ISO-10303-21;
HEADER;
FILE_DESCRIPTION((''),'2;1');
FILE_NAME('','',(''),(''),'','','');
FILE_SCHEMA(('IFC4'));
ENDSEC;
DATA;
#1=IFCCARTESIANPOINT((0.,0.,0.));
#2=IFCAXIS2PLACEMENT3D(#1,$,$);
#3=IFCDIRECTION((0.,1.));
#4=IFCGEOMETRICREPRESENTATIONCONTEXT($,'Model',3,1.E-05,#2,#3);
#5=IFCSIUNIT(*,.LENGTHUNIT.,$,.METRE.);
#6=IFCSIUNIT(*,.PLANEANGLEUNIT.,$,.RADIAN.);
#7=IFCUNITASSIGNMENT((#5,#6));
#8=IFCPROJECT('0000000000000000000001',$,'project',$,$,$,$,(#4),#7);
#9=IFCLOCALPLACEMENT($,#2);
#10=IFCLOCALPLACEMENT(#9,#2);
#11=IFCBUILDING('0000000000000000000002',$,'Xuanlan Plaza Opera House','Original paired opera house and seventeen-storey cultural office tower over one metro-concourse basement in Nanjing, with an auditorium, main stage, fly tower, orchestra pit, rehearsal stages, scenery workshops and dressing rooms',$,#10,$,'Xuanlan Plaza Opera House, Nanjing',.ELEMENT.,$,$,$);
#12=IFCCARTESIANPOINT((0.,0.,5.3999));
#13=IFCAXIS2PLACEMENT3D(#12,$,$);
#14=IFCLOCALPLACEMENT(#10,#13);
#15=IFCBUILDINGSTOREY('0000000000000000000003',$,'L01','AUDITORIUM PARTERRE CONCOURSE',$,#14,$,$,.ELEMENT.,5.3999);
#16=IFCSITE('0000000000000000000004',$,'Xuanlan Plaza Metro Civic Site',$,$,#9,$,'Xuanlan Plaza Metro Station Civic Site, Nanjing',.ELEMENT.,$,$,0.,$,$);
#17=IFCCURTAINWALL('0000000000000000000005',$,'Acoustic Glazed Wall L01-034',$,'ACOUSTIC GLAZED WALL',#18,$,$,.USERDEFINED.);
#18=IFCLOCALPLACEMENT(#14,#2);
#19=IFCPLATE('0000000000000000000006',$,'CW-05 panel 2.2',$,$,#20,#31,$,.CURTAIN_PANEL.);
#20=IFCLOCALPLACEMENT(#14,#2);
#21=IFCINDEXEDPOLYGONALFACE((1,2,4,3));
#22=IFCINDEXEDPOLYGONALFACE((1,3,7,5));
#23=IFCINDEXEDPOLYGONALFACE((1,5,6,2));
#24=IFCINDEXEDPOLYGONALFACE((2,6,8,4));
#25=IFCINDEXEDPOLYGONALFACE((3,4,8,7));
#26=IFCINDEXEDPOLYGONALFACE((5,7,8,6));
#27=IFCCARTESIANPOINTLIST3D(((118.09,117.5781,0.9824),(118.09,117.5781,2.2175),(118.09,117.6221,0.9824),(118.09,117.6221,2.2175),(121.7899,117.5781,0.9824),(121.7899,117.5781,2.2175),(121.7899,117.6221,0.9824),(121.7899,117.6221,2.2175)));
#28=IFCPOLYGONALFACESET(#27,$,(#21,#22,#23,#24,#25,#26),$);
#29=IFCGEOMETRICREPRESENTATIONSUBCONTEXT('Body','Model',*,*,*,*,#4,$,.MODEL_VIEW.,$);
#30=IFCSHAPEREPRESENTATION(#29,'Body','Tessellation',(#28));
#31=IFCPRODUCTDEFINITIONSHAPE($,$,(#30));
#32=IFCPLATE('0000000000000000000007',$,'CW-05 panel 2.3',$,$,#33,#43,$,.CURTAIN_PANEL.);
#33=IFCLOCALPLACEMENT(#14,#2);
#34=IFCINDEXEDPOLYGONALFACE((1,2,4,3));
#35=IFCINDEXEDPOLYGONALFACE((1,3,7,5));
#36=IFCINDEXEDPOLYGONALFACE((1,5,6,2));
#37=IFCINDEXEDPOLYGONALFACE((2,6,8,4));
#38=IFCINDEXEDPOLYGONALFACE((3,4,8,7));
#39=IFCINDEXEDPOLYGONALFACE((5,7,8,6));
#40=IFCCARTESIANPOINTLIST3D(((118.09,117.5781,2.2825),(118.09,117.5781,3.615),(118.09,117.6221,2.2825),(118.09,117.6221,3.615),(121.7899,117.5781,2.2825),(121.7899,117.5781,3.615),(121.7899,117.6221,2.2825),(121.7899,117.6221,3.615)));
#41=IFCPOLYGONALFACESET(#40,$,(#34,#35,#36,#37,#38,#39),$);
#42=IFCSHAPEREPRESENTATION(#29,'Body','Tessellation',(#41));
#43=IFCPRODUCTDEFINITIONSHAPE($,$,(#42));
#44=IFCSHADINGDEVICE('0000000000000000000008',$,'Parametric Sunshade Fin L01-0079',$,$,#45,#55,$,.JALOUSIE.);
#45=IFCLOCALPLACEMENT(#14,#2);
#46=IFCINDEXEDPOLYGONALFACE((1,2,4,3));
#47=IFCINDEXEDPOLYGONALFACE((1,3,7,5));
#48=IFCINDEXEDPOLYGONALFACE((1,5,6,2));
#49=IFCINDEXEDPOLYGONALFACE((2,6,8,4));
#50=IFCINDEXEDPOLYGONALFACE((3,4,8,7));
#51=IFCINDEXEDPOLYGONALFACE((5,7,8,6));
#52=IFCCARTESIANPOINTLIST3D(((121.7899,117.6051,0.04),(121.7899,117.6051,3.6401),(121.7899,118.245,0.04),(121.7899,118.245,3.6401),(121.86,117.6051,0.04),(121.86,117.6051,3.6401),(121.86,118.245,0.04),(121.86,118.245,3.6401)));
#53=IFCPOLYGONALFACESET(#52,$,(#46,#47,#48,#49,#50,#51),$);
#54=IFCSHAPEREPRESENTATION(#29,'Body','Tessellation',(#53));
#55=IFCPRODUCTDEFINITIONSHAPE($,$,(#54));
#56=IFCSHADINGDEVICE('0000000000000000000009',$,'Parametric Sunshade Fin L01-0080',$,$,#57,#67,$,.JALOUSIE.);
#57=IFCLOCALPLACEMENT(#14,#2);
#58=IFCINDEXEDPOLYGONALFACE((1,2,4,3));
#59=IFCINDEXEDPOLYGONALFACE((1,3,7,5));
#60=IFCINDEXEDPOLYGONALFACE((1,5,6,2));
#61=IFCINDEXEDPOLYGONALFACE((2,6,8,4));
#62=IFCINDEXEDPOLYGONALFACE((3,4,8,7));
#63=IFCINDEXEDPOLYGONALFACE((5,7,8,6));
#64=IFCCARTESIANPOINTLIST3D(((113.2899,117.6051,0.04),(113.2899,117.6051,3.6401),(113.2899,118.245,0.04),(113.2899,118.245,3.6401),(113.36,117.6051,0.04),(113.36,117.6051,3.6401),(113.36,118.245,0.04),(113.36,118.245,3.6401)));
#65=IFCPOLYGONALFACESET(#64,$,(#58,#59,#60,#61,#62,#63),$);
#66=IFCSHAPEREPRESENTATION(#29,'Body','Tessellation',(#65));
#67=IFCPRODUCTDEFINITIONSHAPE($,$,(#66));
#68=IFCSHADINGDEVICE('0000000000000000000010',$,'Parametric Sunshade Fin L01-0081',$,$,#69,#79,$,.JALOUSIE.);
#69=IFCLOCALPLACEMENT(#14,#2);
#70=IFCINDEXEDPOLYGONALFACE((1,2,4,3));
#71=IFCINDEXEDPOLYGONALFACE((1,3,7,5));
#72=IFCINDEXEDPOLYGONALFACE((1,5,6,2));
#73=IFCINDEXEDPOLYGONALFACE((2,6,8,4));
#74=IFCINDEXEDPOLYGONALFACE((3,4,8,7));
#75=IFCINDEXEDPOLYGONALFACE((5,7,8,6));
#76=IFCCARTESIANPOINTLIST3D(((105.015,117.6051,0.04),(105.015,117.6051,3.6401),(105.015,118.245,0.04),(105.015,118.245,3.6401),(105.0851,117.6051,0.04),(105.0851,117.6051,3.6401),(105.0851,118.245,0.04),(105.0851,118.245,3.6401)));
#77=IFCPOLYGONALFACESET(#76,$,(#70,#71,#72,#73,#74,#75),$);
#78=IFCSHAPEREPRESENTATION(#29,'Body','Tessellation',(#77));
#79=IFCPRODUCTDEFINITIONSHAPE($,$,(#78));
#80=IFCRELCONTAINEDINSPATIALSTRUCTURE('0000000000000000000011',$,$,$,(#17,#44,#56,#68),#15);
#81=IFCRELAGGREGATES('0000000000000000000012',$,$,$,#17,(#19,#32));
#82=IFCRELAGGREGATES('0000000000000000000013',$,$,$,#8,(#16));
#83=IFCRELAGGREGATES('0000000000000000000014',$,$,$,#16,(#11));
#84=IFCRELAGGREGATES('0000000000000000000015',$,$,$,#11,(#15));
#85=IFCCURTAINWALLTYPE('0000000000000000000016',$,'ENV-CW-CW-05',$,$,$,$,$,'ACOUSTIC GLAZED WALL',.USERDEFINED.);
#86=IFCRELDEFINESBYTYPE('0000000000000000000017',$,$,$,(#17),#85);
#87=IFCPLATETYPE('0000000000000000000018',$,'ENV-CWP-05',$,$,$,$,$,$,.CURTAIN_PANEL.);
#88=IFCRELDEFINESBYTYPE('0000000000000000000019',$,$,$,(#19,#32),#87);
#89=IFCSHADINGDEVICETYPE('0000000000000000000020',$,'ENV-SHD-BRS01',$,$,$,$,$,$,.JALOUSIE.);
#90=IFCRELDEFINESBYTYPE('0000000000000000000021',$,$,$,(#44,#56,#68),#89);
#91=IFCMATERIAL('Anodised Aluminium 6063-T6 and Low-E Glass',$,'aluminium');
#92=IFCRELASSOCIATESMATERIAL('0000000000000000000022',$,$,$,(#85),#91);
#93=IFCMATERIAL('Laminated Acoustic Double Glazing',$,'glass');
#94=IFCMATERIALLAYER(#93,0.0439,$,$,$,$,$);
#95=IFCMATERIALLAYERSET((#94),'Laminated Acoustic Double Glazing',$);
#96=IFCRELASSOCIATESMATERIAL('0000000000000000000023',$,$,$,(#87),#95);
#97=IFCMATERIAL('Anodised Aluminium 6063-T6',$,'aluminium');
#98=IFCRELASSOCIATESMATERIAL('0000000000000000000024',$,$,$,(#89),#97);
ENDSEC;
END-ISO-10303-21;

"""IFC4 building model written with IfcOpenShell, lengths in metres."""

from ifc_helpers import new_model, si_unit, direction, frame, origin, origin_2d, place, context, subcontext, project, spatial, rectangle, extrude, material, layer, layer_set, type_object, element, aggregate, save


model = new_model("IFC4")

# Units and contexts
model_context = context("Model", 3, precision=1e-05, world=origin(), true_north=direction((0.0, 1.0)))
body_context = subcontext(model_context, "Body", "Model", "MODEL_VIEW")
ifc_project = project(units=[si_unit("LENGTHUNIT", "METRE"), si_unit("PLANEANGLEUNIT", "RADIAN")], contexts=[model_context])

# Site, building, storey
site_placement = place(None, origin())
site = spatial("IfcSite", under=ifc_project, at=site_placement, Name="Xuanlan Plaza Metro Civic Site", LongName="Xuanlan Plaza Metro Station Civic Site, Nanjing", CompositionType="ELEMENT", RefElevation=0.0)
building_placement = place(site_placement, origin())
building = spatial("IfcBuilding", under=site, at=building_placement, Name="Xuanlan Plaza Opera House", Description="Original paired opera house and seventeen-storey cultural office tower over one metro-concourse basement in Nanjing, with an auditorium, main stage, fly tower, orchestra pit, rehearsal stages, scenery workshops and dressing rooms", LongName="Xuanlan Plaza Opera House, Nanjing", CompositionType="ELEMENT")
storey_placement = place(building_placement, frame((0.0, 0.0, 5.3999)))
storey = spatial("IfcBuildingStorey", under=building, at=storey_placement, Name="L01", Description="AUDITORIUM PARTERRE CONCOURSE", CompositionType="ELEMENT", Elevation=5.3999)

# Curtain wall
ifc_material_1 = material(Name="Anodised Aluminium 6063-T6 and Low-E Glass", Category="aluminium")
curtain_wall_type_1 = type_object("IfcCurtainWallType", Name="ENV-CW-CW-05", ElementType="ACOUSTIC GLAZED WALL", PredefinedType="USERDEFINED", material=ifc_material_1)
curtain_wall_1_placement = place(storey_placement, origin())
curtain_wall_1 = element("IfcCurtainWall", 1, at=curtain_wall_1_placement, inside=storey, type_object=curtain_wall_type_1, Name="Acoustic Glazed Wall L01-034", ObjectType="ACOUSTIC GLAZED WALL", PredefinedType="USERDEFINED")
ifc_material_2 = material(Name="Anodised Aluminium 6063-T6", Category="aluminium")

# Plates
ifc_material_3 = material(Name="Laminated Acoustic Double Glazing", Category="glass")
ifc_layer_1 = layer(ifc_material_3, 0.0439)
ifc_layer_set_1 = layer_set([ifc_layer_1], Name="Laminated Acoustic Double Glazing")
plate_type_1 = type_object("IfcPlateType", Name="ENV-CWP-05", PredefinedType="CURTAIN_PANEL", material=ifc_layer_set_1)
plate_1_placement = place(storey_placement, frame((119.9399, 117.6001, 0.9824), z_axis=(0.0, 0.0, 1.0), x_axis=(-1.0, 0.0, 0.0)))
plate_1 = element("IfcPlate", 2, at=plate_1_placement, type_object=plate_type_1, Name="CW-05 panel 2.2", PredefinedType="CURTAIN_PANEL", context=body_context, shape_type="SweptSolid", body=[
    extrude(rectangle(XDim=3.7, YDim=0.0439, at=origin_2d()), origin(), (0.0, 0.0, 1.0), 1.2351),
])
plate_2_placement = place(storey_placement, frame((119.9399, 117.6001, 2.2825), z_axis=(0.0, 0.0, 1.0), x_axis=(-1.0, 0.0, 0.0)))
plate_2 = element("IfcPlate", 3, at=plate_2_placement, type_object=plate_type_1, Name="CW-05 panel 2.3", PredefinedType="CURTAIN_PANEL", context=body_context, shape_type="SweptSolid", body=[
    extrude(rectangle(XDim=3.7, YDim=0.0439, at=origin_2d()), origin(), (0.0, 0.0, 1.0), 1.3325),
])
aggregate(curtain_wall_1, [plate_1, plate_2])

# Shading devices
shading_device_type = type_object("IfcShadingDeviceType", Name="ENV-SHD-BRS01", PredefinedType="JALOUSIE", material=ifc_material_2)
for number, where, z_axis, x_axis, name in (
    (4, (121.825, 117.925, 0.04), (0.0, 0.0, 1.0), (0.0, 1.0, 0.0), "Parametric Sunshade Fin L01-0079"),
    (5, (113.325, 117.925, 0.04), (0.0, 0.0, 1.0), (0.0, 1.0, 0.0), "Parametric Sunshade Fin L01-0080"),
    (6, (105.05, 117.925, 0.04), (0.0, 0.0, 1.0), (0.0, 1.0, 0.0), "Parametric Sunshade Fin L01-0081"),
):
    element("IfcShadingDevice", number, at=place(storey_placement, frame(where, z_axis=z_axis, x_axis=x_axis)), inside=storey, type_object=shading_device_type, Name=name, PredefinedType="JALOUSIE", context=body_context, shape_type="SweptSolid", body=[
        extrude(rectangle(XDim=0.6399, YDim=0.0701, at=origin_2d()), origin(), (0.0, 0.0, 1.0), 3.6001),
    ])

save(model, "model.ifc")
